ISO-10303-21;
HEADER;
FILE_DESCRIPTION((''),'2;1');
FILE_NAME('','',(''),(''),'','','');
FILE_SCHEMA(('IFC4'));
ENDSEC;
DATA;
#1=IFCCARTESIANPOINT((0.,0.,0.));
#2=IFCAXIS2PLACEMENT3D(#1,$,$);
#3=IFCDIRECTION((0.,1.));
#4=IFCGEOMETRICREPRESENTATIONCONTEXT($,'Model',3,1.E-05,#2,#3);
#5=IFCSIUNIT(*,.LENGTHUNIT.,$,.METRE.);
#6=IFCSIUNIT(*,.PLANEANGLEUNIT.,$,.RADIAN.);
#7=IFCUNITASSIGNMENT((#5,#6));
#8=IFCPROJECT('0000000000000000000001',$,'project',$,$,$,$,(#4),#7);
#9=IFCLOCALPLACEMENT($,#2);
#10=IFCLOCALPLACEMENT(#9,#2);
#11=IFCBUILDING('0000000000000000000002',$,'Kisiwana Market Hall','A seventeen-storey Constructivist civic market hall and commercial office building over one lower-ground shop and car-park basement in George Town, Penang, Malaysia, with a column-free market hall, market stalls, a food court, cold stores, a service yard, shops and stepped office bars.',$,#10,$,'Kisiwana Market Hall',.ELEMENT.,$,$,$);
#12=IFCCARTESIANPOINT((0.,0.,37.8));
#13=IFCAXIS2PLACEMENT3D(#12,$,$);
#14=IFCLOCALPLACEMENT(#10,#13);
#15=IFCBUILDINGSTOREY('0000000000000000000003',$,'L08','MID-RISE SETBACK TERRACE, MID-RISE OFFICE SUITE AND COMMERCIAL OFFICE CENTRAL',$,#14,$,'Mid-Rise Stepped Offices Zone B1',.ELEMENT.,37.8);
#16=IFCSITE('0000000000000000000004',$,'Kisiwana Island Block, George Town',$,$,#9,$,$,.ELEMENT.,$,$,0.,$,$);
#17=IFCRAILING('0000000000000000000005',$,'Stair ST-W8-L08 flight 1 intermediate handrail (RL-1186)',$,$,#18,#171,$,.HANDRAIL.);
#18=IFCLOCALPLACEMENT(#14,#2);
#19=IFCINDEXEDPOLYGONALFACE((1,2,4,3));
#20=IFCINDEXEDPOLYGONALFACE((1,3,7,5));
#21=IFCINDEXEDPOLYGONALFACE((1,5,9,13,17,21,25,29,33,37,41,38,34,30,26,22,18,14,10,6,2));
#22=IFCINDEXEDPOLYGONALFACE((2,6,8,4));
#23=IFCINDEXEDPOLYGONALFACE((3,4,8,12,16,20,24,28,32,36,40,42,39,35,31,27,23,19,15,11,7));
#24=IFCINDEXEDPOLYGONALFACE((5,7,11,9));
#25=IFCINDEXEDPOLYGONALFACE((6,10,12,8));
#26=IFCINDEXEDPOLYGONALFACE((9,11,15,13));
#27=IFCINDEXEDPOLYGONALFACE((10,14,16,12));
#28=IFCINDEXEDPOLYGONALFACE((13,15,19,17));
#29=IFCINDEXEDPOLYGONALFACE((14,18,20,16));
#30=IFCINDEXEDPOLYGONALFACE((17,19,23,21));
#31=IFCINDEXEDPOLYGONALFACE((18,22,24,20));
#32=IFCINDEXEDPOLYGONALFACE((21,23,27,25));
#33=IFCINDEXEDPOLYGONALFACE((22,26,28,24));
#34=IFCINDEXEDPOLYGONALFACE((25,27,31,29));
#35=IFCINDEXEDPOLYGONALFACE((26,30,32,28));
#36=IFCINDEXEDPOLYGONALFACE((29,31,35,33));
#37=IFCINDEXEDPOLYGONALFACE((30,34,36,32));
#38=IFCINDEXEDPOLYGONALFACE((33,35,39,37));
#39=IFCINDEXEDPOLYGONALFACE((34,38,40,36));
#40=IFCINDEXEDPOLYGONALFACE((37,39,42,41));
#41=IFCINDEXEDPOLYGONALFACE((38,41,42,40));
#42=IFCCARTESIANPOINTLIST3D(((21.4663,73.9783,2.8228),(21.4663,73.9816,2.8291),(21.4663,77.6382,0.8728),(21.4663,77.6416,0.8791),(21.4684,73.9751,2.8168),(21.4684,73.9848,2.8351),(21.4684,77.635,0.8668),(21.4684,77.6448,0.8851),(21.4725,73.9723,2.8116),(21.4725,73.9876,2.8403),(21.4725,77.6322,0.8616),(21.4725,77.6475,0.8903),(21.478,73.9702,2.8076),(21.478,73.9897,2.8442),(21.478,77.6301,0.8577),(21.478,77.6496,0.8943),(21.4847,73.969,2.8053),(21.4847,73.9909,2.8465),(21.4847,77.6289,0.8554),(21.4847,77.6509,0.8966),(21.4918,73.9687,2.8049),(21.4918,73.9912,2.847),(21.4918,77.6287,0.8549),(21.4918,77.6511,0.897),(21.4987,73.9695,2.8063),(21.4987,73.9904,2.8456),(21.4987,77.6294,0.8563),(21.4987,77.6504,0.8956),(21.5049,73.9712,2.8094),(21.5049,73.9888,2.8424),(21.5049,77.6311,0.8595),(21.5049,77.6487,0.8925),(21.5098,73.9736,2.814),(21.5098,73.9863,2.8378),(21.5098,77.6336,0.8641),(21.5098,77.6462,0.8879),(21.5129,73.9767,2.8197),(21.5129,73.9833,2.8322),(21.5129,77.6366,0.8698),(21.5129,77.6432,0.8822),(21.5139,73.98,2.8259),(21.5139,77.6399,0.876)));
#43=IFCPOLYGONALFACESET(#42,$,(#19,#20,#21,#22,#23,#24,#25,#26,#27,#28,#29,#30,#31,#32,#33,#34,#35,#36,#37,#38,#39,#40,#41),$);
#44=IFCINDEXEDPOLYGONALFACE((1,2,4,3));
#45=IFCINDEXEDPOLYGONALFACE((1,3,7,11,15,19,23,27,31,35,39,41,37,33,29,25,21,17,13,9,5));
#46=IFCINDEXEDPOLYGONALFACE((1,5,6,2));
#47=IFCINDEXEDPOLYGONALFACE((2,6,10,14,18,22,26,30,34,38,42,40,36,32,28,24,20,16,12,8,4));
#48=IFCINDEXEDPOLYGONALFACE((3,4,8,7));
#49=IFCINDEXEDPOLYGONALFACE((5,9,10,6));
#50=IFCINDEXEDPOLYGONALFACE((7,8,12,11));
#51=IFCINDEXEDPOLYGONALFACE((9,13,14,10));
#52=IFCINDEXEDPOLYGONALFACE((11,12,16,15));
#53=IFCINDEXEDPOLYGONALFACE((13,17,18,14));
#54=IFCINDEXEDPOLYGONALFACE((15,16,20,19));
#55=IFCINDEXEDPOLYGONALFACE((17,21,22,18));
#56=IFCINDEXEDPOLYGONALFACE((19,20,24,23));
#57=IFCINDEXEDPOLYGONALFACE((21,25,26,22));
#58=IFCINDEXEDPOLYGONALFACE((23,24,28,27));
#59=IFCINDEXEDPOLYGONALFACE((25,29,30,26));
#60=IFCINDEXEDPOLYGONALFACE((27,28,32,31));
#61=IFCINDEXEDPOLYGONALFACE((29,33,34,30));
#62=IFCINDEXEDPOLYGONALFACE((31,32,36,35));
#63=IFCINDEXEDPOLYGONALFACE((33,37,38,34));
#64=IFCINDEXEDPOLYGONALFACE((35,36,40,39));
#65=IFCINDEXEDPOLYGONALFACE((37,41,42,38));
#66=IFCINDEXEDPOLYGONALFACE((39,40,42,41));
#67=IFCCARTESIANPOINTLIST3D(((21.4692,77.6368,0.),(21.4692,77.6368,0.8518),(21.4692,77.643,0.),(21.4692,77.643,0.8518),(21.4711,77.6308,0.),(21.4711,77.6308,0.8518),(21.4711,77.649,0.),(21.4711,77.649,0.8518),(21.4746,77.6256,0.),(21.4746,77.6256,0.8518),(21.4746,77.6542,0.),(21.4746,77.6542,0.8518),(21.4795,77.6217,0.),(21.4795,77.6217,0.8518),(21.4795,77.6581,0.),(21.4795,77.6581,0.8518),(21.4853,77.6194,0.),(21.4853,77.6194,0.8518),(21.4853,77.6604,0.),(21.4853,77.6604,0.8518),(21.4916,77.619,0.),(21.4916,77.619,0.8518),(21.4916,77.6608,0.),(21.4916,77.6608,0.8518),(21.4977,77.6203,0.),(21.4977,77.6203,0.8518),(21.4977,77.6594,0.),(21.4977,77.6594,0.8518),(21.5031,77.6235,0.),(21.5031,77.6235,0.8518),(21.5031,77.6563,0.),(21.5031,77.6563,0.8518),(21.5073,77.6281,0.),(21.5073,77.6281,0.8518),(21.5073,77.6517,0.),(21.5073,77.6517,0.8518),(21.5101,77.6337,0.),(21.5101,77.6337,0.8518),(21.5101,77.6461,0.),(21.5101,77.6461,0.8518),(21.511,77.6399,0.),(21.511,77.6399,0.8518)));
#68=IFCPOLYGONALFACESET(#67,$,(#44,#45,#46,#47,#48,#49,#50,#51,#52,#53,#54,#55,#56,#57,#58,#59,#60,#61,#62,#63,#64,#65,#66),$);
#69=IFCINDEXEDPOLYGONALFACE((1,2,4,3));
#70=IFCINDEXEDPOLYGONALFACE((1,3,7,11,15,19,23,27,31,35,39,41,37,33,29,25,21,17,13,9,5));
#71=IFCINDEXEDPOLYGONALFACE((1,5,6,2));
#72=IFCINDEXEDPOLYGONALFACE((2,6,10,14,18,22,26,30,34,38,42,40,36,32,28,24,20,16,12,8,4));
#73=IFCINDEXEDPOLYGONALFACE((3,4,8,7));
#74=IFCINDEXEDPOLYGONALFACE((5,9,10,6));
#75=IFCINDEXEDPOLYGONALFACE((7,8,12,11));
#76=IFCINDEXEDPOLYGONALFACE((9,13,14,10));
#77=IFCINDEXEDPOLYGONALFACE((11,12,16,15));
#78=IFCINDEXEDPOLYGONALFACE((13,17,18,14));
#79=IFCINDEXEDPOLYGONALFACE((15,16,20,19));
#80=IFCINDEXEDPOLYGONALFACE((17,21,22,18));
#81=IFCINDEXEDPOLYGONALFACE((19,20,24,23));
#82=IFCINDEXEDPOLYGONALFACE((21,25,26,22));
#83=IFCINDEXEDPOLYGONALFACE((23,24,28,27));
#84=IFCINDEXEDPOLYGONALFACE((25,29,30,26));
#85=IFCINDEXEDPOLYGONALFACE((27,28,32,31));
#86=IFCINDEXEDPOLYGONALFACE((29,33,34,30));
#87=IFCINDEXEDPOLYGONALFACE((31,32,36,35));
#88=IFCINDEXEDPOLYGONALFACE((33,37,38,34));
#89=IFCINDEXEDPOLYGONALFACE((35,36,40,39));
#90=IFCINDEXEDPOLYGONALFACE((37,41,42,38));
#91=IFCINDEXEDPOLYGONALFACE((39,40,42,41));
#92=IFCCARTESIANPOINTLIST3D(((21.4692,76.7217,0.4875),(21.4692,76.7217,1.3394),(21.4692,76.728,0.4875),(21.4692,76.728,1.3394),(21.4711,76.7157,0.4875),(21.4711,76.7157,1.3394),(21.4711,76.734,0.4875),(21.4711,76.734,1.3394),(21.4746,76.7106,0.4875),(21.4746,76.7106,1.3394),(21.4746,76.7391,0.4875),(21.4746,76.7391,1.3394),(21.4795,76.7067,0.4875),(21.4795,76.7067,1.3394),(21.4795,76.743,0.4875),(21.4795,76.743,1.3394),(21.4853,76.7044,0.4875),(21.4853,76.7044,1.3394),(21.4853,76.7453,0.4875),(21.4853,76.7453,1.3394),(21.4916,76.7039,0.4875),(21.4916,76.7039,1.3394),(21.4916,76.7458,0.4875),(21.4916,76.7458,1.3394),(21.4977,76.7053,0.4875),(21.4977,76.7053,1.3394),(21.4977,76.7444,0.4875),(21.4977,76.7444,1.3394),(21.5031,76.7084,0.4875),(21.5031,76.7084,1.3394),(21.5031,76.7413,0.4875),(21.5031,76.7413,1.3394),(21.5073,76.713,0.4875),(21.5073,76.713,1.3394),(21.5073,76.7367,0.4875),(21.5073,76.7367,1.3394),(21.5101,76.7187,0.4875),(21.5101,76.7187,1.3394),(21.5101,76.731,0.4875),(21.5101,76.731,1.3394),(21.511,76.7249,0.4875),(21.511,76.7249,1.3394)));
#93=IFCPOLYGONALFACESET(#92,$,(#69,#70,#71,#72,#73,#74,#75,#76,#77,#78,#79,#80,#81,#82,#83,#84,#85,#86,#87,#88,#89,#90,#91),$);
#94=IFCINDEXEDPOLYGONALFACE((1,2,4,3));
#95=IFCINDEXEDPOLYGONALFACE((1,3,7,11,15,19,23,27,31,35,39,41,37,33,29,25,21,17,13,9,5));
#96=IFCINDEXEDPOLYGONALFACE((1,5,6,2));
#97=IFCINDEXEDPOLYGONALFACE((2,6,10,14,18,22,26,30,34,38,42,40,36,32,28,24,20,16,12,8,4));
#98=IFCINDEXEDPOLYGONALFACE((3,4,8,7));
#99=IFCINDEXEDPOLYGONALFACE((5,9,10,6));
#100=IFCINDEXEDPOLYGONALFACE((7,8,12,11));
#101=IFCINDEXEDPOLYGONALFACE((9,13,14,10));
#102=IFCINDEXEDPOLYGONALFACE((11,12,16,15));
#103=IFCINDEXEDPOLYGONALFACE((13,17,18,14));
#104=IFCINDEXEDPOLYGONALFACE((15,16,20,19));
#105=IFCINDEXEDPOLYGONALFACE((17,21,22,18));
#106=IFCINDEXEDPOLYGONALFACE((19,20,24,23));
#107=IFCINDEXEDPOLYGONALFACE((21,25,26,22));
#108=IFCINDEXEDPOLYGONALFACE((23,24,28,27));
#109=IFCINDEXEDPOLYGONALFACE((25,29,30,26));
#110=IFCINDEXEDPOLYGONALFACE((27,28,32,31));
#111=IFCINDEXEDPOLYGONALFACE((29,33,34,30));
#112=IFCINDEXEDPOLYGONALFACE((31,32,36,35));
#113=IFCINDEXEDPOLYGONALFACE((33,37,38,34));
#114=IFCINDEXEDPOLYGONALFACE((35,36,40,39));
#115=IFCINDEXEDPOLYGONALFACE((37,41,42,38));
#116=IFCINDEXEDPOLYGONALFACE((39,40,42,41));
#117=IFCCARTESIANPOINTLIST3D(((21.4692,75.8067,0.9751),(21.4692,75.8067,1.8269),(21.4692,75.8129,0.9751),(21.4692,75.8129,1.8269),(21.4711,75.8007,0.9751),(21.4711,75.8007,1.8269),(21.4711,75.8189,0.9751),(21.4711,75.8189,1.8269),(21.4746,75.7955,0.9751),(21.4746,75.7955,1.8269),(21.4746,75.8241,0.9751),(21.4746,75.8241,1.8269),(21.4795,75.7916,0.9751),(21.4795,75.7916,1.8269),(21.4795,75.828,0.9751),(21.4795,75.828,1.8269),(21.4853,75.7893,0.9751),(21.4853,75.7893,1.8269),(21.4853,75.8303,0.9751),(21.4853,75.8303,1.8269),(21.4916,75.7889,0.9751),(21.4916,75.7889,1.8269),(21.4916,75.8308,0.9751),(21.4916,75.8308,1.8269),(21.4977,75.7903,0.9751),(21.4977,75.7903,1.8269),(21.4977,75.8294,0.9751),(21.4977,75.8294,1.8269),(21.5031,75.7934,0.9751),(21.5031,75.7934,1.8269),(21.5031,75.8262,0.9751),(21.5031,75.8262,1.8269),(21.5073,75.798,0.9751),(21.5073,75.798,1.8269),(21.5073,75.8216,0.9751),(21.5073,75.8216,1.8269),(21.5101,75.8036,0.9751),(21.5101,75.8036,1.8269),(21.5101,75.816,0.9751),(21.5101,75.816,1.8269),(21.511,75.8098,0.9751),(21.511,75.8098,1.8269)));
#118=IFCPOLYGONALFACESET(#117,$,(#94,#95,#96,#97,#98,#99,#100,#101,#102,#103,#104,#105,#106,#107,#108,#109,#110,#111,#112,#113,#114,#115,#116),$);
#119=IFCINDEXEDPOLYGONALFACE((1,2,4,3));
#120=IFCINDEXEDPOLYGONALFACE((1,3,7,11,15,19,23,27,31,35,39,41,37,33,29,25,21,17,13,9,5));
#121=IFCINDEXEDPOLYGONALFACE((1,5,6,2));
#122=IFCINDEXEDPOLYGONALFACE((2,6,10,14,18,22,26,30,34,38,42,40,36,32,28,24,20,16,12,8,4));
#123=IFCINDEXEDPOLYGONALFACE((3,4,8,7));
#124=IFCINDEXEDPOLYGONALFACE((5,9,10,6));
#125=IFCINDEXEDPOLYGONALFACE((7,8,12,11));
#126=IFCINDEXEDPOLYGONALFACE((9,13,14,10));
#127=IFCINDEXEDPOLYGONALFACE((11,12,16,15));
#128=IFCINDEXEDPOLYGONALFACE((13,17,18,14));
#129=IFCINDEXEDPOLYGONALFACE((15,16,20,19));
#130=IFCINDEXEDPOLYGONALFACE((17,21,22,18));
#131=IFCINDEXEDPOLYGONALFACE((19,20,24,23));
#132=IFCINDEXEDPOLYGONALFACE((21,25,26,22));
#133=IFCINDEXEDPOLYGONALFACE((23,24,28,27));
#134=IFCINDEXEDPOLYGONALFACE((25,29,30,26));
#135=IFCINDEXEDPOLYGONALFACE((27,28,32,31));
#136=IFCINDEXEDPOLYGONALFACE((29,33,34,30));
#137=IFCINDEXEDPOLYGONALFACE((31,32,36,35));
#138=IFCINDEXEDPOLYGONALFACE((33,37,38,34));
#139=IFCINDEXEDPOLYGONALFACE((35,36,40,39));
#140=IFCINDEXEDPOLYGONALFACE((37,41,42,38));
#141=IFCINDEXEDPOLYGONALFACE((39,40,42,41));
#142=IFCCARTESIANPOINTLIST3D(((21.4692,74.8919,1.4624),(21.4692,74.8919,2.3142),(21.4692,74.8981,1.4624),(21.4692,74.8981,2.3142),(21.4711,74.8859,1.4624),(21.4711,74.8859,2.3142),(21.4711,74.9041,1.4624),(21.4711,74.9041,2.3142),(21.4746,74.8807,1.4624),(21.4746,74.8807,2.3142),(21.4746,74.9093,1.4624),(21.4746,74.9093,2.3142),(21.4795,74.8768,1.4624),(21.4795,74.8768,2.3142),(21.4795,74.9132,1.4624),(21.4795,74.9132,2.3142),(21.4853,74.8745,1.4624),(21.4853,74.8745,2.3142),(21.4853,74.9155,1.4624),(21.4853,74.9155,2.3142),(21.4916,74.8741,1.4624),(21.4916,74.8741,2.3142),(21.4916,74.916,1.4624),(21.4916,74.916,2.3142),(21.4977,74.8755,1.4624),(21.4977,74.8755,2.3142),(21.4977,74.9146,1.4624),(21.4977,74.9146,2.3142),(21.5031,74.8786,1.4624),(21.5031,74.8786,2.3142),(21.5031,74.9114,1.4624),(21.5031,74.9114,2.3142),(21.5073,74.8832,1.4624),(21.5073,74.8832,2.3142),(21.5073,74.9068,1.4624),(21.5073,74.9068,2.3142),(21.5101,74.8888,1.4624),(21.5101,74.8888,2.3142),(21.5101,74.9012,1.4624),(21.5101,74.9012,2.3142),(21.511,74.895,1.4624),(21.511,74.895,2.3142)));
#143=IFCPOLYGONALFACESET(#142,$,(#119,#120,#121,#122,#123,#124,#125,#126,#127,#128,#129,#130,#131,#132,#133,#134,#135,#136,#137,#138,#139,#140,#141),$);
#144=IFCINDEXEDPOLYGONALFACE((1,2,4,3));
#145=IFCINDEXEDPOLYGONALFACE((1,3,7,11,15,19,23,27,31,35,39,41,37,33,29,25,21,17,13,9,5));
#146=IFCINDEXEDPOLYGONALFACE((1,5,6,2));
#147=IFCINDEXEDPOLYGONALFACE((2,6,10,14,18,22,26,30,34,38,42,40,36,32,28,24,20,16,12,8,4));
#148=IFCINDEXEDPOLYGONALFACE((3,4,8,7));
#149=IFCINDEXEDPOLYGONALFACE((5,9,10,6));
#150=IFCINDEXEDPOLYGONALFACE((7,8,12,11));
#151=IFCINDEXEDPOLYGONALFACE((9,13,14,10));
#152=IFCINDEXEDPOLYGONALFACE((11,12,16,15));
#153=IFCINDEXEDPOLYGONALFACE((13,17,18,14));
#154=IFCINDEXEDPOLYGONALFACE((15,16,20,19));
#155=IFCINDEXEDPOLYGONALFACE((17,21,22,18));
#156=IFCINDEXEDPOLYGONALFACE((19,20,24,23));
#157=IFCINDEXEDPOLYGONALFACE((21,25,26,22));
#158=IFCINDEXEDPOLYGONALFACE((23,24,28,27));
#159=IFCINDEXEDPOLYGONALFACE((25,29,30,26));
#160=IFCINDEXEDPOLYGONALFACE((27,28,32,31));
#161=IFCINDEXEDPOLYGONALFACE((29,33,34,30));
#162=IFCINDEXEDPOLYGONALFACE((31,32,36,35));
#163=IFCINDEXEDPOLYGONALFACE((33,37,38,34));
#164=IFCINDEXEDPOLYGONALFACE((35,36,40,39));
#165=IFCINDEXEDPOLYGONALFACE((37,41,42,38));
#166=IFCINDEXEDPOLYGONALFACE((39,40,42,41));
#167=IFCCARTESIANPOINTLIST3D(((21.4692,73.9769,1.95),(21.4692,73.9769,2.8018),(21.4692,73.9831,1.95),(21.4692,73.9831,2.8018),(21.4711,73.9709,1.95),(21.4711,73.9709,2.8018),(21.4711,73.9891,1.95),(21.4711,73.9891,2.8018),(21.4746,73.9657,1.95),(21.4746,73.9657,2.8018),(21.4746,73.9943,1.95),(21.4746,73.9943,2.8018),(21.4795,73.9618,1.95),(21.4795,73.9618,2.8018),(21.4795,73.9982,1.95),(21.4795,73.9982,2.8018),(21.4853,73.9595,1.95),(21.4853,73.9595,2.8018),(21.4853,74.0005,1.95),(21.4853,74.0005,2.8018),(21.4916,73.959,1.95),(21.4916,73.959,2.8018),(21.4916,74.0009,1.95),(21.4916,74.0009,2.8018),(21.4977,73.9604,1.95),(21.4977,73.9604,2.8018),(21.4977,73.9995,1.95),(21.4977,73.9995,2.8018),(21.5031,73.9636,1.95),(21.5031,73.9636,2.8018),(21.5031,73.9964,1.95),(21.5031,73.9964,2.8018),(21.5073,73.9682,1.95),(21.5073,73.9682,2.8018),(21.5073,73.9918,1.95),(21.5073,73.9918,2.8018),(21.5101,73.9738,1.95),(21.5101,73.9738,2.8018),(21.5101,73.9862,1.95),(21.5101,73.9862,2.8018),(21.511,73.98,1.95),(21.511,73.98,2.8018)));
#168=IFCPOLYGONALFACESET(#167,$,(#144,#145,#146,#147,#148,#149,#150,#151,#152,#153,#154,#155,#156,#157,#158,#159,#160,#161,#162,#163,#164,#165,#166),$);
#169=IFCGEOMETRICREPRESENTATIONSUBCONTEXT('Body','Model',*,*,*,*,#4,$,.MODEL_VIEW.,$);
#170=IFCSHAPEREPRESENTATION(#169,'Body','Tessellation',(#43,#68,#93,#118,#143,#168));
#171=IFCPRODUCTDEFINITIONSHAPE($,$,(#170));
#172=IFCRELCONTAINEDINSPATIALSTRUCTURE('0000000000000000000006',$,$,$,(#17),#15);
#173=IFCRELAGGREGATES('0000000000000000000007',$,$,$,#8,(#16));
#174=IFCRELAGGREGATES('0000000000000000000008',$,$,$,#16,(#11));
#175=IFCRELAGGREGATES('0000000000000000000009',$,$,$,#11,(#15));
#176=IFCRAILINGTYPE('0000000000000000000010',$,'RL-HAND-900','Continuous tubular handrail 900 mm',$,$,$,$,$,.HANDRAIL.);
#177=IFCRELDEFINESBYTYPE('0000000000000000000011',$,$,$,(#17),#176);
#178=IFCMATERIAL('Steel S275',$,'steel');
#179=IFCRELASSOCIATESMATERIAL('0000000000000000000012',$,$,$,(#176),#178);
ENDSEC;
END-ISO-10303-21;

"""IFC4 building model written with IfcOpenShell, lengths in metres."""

from ifc_helpers import new_model, si_unit, direction, frame, origin, origin_2d, place, context, subcontext, project, spatial, circle, extrude, material, type_object, element, save


model = new_model("IFC4")

# Units and contexts
model_context = context("Model", 3, precision=1e-05, world=origin(), true_north=direction((0.0, 1.0)))
body_context = subcontext(model_context, "Body", "Model", "MODEL_VIEW")
ifc_project = project(units=[si_unit("LENGTHUNIT", "METRE"), si_unit("PLANEANGLEUNIT", "RADIAN")], contexts=[model_context])

# Site, building, storey
site_placement = place(None, origin())
site = spatial("IfcSite", under=ifc_project, at=site_placement, Name="Kisiwana Island Block, George Town", CompositionType="ELEMENT", RefElevation=0.0)
building_placement = place(site_placement, origin())
building = spatial("IfcBuilding", under=site, at=building_placement, Name="Kisiwana Market Hall", Description="A seventeen-storey Constructivist civic market hall and commercial office building over one lower-ground shop and car-park basement in George Town, Penang, Malaysia, with a column-free market hall, market stalls, a food court, cold stores, a service yard, shops and stepped office bars.", LongName="Kisiwana Market Hall", CompositionType="ELEMENT")
storey_placement = place(building_placement, frame((0.0, 0.0, 37.8)))
storey = spatial("IfcBuildingStorey", under=building, at=storey_placement, Name="L08", Description="MID-RISE SETBACK TERRACE, MID-RISE OFFICE SUITE AND COMMERCIAL OFFICE CENTRAL", LongName="Mid-Rise Stepped Offices Zone B1", CompositionType="ELEMENT", Elevation=37.8)

# Railing
ifc_material_1 = material(Name="Steel S275", Category="steel")
railing_type_1 = type_object("IfcRailingType", Name="RL-HAND-900", Description="Continuous tubular handrail 900 mm", PredefinedType="HANDRAIL", material=ifc_material_1)
railing_1_placement = place(storey_placement, frame((21.49, 77.6399, 0.0)))
element("IfcRailing", 1, at=railing_1_placement, inside=storey, type_object=railing_type_1, Name="Stair ST-W8-L08 flight 1 intermediate handrail (RL-1186)", PredefinedType="HANDRAIL", context=body_context, shape_type="SweptSolid", body=[
    extrude(circle(Radius=0.0239, at=origin_2d()), frame((0.0, 0.0, 0.876), z_axis=(0.0, -0.882553, 0.470212), x_axis=(1.0, 0.0, 0.0)), (0.0, 0.0, 1.0), 4.147),
    extrude(circle(Radius=0.021, at=origin_2d()), origin(), (0.0, 0.0, 1.0), 0.8518),
    extrude(circle(Radius=0.021, at=origin_2d()), frame((0.0, -0.915, 0.4875)), (0.0, 0.0, 1.0), 0.8518),
    extrude(circle(Radius=0.021, at=origin_2d()), frame((0.0, -1.8301, 0.9751)), (0.0, 0.0, 1.0), 0.8518),
    extrude(circle(Radius=0.021, at=origin_2d()), frame((0.0, -2.7449, 1.4624)), (0.0, 0.0, 1.0), 0.8518),
    extrude(circle(Radius=0.021, at=origin_2d()), frame((0.0, -3.6599, 1.95)), (0.0, 0.0, 1.0), 0.8518),
])

save(model, "model.ifc")
